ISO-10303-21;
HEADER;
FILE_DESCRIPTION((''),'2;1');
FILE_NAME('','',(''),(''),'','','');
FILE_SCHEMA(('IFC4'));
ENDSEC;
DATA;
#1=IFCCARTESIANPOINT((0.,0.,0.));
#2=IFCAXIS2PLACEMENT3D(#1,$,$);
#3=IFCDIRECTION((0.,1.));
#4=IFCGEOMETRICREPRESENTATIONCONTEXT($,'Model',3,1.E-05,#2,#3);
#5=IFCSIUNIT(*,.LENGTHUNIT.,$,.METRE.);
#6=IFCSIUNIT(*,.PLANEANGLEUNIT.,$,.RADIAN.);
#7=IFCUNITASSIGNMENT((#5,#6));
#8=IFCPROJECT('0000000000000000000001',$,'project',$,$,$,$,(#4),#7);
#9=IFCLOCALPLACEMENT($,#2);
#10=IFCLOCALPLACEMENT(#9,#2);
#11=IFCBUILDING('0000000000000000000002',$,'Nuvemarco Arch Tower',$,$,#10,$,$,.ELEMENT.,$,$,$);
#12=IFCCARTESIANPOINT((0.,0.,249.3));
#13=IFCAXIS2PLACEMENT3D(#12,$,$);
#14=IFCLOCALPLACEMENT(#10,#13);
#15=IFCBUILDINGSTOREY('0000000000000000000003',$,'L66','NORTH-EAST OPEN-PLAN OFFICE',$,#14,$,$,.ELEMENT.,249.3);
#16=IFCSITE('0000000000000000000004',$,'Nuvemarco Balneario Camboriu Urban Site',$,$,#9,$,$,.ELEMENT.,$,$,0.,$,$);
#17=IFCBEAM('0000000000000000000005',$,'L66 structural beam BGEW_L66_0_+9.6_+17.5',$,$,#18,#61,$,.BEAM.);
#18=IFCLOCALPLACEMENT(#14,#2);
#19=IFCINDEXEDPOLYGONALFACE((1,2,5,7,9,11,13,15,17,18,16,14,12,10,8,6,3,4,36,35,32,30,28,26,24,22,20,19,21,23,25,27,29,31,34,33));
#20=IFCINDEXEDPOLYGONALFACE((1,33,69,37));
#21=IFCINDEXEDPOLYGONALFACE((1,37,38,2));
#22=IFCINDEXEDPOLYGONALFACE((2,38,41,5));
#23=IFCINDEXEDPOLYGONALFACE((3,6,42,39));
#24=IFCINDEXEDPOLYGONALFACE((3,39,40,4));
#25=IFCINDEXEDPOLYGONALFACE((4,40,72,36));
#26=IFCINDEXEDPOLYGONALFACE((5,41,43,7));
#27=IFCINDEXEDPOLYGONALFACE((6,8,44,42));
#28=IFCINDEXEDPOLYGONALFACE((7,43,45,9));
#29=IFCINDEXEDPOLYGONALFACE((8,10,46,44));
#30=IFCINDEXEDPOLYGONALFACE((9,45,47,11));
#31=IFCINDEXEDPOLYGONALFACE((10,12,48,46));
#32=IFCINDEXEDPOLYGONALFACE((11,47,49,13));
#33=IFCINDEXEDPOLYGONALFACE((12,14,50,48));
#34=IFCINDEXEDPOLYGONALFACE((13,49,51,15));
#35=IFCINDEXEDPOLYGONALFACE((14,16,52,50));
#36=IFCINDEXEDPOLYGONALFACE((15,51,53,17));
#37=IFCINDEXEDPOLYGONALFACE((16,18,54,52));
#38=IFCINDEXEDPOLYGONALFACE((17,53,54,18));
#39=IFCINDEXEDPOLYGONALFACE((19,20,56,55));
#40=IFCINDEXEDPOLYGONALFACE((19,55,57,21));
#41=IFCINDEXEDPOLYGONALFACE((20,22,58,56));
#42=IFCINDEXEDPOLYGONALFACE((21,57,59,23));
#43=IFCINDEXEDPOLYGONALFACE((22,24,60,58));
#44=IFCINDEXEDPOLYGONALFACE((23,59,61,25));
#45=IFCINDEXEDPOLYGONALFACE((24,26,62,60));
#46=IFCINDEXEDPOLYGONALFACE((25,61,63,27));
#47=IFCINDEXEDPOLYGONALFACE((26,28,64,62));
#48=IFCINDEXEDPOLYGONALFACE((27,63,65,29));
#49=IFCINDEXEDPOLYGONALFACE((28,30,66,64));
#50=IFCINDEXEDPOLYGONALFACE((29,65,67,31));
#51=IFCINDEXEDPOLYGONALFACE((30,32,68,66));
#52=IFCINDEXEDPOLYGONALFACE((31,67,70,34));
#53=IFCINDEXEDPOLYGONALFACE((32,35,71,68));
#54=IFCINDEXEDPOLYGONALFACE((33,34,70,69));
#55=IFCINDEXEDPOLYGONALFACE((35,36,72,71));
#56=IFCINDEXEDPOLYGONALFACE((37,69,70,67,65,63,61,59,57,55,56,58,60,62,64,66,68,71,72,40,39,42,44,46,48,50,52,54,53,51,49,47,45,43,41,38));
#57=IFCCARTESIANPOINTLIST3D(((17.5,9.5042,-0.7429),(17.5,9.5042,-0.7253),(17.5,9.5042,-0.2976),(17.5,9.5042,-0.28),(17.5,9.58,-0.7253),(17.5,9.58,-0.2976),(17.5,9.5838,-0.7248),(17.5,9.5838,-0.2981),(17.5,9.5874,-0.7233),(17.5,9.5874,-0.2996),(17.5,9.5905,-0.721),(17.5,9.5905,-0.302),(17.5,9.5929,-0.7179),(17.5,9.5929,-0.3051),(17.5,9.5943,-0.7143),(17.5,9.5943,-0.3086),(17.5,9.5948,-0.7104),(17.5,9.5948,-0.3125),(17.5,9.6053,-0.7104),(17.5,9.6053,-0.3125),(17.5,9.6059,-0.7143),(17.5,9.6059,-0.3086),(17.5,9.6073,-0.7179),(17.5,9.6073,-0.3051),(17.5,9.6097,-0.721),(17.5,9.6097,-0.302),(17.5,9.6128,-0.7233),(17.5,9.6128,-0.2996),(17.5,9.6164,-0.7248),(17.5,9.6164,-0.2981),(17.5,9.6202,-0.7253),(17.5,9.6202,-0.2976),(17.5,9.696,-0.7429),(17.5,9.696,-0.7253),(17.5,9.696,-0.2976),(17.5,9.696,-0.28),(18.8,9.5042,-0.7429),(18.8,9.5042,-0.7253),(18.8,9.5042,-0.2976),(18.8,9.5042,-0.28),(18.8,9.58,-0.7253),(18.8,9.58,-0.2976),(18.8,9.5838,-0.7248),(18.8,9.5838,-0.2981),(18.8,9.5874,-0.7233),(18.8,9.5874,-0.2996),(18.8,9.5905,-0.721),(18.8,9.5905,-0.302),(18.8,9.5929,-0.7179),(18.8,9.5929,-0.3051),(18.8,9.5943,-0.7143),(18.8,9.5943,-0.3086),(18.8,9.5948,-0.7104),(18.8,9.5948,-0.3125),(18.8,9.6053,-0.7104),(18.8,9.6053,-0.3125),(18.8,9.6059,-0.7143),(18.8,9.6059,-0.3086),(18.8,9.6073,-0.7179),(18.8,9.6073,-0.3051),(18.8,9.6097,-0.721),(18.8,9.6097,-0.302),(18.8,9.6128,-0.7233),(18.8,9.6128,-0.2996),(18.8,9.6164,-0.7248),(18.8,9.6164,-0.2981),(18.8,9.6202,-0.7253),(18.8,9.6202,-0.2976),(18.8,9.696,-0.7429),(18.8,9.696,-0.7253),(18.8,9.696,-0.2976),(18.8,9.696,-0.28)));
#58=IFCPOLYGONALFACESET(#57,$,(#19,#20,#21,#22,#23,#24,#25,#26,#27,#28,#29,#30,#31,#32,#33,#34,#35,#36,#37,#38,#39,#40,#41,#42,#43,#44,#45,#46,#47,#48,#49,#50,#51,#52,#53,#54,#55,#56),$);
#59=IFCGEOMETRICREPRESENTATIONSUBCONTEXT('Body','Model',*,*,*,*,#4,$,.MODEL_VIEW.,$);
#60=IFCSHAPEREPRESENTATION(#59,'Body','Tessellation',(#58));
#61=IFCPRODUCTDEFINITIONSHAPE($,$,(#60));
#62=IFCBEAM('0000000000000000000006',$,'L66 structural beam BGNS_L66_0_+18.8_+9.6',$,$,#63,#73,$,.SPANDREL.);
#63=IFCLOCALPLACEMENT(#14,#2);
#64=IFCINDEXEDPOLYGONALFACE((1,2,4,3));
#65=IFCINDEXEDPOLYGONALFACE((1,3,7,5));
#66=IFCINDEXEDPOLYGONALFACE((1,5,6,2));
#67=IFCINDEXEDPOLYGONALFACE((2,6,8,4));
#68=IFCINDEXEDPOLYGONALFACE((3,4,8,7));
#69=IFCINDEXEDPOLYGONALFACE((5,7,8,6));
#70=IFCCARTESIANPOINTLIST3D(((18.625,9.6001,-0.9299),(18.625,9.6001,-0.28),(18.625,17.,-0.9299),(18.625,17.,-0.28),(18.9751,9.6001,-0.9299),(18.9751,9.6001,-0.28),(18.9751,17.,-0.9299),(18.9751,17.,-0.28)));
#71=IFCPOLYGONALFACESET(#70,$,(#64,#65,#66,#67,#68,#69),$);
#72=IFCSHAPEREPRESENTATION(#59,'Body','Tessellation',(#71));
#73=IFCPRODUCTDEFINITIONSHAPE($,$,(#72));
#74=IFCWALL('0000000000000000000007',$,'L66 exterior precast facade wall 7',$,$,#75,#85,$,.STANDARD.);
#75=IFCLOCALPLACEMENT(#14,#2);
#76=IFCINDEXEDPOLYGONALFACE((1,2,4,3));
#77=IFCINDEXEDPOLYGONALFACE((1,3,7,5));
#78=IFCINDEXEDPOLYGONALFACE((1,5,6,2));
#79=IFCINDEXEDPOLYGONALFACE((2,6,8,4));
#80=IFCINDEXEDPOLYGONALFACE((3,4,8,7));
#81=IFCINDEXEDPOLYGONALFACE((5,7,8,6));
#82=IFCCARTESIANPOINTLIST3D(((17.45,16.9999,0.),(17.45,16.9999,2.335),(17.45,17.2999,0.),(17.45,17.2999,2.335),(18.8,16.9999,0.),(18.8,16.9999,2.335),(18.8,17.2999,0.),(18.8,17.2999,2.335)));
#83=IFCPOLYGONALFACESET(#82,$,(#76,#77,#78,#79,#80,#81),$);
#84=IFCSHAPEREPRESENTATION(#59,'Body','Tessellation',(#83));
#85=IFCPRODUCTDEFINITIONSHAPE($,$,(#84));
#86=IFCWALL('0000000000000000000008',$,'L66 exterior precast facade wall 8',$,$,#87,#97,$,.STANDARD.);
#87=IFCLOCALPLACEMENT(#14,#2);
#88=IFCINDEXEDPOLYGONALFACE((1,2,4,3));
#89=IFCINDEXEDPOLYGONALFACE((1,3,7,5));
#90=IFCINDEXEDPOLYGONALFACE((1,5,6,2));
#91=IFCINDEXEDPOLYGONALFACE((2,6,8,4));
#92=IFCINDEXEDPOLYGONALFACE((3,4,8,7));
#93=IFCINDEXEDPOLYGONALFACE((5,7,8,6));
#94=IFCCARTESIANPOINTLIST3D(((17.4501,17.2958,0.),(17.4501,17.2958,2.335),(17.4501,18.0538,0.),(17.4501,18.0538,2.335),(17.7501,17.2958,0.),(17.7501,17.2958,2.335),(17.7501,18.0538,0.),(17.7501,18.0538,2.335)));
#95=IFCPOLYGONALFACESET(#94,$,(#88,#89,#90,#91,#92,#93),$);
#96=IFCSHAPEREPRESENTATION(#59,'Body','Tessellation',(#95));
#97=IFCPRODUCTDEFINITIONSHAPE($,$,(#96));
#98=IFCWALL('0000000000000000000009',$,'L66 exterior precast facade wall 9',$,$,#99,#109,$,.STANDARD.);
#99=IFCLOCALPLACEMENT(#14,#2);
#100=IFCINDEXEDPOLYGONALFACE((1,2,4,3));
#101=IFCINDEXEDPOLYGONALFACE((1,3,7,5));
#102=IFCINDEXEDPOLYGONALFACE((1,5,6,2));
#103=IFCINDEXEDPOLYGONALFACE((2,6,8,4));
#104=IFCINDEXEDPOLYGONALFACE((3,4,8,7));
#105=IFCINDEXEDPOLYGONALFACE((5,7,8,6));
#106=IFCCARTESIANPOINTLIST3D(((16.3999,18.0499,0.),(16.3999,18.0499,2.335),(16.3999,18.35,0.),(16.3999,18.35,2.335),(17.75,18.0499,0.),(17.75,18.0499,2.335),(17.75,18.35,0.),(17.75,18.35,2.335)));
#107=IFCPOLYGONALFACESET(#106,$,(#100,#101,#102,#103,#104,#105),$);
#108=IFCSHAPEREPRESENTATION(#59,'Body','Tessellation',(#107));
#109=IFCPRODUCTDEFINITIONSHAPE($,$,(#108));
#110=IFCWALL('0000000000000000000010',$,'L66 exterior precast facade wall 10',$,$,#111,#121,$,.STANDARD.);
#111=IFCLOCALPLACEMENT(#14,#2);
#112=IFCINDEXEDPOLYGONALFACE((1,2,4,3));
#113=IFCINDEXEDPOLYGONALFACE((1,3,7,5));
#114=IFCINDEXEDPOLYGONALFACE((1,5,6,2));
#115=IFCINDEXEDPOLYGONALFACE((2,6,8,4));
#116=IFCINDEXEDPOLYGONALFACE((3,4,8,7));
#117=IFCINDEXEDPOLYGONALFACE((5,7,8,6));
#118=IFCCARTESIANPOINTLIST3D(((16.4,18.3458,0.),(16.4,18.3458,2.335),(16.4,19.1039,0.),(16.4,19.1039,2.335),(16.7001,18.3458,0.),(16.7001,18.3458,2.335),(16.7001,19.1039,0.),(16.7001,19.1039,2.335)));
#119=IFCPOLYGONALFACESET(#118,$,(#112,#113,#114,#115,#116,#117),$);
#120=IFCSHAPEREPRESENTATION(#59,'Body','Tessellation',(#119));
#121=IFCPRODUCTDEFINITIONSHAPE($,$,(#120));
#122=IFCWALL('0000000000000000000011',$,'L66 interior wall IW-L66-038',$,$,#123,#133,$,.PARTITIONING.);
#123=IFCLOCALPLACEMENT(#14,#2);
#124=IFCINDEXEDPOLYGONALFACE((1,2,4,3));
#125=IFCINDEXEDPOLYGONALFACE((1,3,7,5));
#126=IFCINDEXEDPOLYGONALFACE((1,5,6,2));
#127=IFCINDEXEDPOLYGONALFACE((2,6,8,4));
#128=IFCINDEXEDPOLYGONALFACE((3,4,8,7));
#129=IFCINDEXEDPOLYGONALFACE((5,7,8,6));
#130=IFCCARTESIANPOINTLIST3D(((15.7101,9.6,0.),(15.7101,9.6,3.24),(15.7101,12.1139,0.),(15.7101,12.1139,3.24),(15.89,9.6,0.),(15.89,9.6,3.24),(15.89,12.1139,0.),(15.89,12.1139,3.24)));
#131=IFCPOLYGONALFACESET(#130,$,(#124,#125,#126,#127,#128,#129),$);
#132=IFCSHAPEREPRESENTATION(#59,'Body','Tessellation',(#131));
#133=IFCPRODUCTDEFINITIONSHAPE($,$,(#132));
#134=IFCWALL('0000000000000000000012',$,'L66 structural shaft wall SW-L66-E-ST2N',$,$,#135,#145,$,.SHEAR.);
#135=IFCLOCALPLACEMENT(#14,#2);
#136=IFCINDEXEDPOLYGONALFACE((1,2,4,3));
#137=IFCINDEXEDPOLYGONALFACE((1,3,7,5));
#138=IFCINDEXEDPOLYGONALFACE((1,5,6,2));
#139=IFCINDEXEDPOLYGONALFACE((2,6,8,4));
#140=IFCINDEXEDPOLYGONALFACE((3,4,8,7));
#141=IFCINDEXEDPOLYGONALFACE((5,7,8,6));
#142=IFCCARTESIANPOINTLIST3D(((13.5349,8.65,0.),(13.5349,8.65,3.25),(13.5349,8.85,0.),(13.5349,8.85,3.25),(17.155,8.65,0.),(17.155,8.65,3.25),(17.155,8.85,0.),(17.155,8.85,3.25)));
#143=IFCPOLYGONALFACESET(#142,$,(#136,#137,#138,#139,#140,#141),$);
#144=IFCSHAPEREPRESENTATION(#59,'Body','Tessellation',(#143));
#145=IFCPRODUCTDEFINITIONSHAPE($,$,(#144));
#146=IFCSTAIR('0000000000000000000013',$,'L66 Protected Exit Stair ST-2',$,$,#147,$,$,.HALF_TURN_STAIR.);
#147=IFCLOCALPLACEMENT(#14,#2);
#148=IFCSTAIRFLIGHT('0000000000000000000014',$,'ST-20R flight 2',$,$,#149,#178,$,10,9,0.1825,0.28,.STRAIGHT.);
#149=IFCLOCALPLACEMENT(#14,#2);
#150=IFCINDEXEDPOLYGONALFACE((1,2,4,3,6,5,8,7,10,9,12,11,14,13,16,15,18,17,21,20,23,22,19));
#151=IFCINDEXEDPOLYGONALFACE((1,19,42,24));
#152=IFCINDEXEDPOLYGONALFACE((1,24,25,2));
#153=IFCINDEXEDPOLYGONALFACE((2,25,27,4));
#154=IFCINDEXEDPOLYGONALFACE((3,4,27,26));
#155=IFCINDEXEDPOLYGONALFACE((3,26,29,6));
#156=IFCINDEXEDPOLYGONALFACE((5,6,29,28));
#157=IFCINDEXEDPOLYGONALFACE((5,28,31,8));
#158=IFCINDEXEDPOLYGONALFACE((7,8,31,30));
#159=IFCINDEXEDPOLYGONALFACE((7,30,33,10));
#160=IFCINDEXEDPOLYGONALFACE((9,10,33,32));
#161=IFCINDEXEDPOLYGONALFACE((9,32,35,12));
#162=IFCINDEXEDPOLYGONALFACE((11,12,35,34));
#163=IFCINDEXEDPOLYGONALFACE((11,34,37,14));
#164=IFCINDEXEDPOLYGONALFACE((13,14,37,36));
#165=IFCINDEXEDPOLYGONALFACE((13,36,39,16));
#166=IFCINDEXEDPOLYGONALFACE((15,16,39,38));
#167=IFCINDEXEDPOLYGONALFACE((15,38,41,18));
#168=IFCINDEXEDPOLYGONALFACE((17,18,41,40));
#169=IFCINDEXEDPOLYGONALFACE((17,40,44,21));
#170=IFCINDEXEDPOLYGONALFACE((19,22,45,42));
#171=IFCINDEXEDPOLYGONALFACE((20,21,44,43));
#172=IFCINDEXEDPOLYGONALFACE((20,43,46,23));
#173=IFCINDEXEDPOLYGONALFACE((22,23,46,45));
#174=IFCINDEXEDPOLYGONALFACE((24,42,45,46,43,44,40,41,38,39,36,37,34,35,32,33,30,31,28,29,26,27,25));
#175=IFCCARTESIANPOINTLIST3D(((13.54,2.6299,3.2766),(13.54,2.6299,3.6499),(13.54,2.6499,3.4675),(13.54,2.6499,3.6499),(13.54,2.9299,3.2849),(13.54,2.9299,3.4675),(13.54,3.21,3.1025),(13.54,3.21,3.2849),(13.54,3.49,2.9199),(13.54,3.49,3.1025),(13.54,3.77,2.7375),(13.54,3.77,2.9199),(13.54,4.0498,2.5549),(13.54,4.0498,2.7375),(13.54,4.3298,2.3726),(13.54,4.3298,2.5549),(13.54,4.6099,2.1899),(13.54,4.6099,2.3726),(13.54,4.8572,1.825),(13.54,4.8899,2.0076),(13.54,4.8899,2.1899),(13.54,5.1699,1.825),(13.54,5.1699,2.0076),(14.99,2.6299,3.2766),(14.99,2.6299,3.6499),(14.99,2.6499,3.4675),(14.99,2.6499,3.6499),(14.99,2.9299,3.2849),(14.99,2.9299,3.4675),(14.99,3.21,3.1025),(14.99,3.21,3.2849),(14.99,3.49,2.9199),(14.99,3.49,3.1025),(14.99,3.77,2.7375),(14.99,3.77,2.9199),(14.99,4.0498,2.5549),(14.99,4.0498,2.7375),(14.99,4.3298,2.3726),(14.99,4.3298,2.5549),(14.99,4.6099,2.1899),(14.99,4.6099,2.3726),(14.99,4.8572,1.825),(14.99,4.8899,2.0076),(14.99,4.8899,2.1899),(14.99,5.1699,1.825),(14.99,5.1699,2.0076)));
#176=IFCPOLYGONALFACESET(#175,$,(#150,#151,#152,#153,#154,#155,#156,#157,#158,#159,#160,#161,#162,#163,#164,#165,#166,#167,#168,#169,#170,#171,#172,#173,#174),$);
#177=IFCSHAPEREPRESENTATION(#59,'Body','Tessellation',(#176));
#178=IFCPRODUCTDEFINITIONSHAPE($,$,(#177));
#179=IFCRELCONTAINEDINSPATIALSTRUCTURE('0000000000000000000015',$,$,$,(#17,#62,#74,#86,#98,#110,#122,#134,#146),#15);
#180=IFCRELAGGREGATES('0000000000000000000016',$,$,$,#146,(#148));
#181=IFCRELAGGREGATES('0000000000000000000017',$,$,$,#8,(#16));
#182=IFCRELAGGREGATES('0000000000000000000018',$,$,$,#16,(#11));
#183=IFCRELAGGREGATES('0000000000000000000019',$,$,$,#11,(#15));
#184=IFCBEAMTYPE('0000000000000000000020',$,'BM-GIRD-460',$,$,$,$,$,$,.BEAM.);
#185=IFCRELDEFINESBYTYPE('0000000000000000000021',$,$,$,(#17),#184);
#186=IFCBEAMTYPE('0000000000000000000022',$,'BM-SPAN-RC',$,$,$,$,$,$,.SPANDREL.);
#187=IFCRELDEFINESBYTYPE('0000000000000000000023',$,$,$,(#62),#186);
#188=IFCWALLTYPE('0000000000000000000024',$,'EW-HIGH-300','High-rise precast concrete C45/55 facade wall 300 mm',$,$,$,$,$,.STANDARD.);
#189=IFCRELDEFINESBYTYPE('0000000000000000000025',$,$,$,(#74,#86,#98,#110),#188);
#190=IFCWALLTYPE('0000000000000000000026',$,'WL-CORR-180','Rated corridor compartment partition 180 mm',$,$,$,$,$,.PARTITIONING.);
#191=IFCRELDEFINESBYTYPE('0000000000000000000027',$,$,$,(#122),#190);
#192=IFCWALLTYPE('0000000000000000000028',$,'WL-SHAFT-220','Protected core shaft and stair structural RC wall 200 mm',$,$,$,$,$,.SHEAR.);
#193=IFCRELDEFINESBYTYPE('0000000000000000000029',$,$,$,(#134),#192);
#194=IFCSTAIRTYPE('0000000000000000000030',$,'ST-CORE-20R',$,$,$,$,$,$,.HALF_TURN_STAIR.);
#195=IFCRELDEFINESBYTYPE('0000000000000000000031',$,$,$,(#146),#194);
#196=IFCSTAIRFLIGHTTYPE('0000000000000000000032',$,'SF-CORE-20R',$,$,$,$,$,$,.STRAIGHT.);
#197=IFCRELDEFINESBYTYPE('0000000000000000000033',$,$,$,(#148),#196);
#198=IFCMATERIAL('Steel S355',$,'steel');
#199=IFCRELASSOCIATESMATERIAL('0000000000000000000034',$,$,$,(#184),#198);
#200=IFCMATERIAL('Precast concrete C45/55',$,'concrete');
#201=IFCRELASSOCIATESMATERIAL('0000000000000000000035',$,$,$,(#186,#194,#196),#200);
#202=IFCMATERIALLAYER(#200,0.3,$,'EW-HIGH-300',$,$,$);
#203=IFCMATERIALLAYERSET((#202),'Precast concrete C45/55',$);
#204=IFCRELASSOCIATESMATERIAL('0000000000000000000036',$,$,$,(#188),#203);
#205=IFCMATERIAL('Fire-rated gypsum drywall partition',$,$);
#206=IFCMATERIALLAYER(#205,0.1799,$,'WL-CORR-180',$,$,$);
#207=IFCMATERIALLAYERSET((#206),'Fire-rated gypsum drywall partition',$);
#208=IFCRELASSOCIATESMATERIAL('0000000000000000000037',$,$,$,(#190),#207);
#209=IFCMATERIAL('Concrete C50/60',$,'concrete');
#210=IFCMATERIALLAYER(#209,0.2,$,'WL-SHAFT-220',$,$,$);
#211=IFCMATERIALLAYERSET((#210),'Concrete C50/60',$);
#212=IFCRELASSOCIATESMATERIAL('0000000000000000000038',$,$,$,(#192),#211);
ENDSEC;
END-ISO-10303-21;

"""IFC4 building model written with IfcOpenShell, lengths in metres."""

from ifc_helpers import new_model, si_unit, direction, frame, frame_2d, origin, origin_2d, place, context, subcontext, project, spatial, polyline, rectangle, i_section, outline, extrude, material, layer, layer_set, material_profile, profile_set, type_object, element, aggregate, save


model = new_model("IFC4")

# Units and contexts
model_context = context("Model", 3, precision=1e-05, world=origin(), true_north=direction((0.0, 1.0)))
body_context = subcontext(model_context, "Body", "Model", "MODEL_VIEW")
ifc_project = project(units=[si_unit("LENGTHUNIT", "METRE"), si_unit("PLANEANGLEUNIT", "RADIAN")], contexts=[model_context])

# Site, building, storey
site_placement = place(None, origin())
site = spatial("IfcSite", under=ifc_project, at=site_placement, Name="Nuvemarco Balneario Camboriu Urban Site", CompositionType="ELEMENT", RefElevation=0.0)
building_placement = place(site_placement, origin())
building = spatial("IfcBuilding", under=site, at=building_placement, Name="Nuvemarco Arch Tower", CompositionType="ELEMENT")
storey_placement = place(building_placement, frame((0.0, 0.0, 249.3)))
storey = spatial("IfcBuildingStorey", under=building, at=storey_placement, Name="L66", Description="NORTH-EAST OPEN-PLAN OFFICE", CompositionType="ELEMENT", Elevation=249.3)

# Shared definitions
ifc_material_1 = material(Name="Concrete C50/60", Category="concrete")
ifc_material_2 = material(Name="Steel S355", Category="steel")

# Beams
ifc_material_profile_1 = material_profile(ifc_material_2, i_section(OverallWidth=0.1919, OverallDepth=0.4629, WebThickness=0.0105, FlangeThickness=0.0176, FilletRadius=0.0149, at=origin_2d()), Name="W460x89")
ifc_profile_set_1 = profile_set([ifc_material_profile_1], Name="Steel S355")
beam_type_1 = type_object("IfcBeamType", Name="BM-GIRD-460", PredefinedType="BEAM", material=ifc_profile_set_1)
beam_1_placement = place(storey_placement, frame((17.5, 9.6001, -0.5115), z_axis=(1.0, 0.0, 0.0), x_axis=(0.0, 1.0, 0.0)))
element("IfcBeam", 1, at=beam_1_placement, inside=storey, type_object=beam_type_1, Name="L66 structural beam BGEW_L66_0_+9.6_+17.5", PredefinedType="BEAM", context=body_context, shape_type="SweptSolid", body=[
    extrude(i_section(OverallWidth=0.1919, OverallDepth=0.4629, WebThickness=0.0105, FlangeThickness=0.0176, FilletRadius=0.0149, at=origin_2d()), origin(), (0.0, 0.0, 1.0), 1.3),
])
ifc_material_3 = material(Name="Precast concrete C45/55", Category="concrete")
ifc_material_profile_2 = material_profile(ifc_material_3, rectangle(XDim=0.3501, YDim=0.6499, at=origin_2d()), Name="PC-SP-350x650")
ifc_profile_set_2 = profile_set([ifc_material_profile_2], Name="Precast concrete C45/55")
beam_type_2 = type_object("IfcBeamType", Name="BM-SPAN-RC", PredefinedType="SPANDREL", material=ifc_profile_set_2)
beam_2_placement = place(storey_placement, frame((18.8, 9.6001, -0.605), z_axis=(0.0, 1.0, 0.0), x_axis=(-1.0, 0.0, 0.0)))
element("IfcBeam", 2, at=beam_2_placement, inside=storey, type_object=beam_type_2, Name="L66 structural beam BGNS_L66_0_+18.8_+9.6", PredefinedType="SPANDREL", context=body_context, shape_type="SweptSolid", body=[
    extrude(rectangle(XDim=0.3501, YDim=0.6499, at=origin_2d()), origin(), (0.0, 0.0, 1.0), 7.3999),
])

# Walls
ifc_layer_1 = layer(ifc_material_3, 0.3, Name="EW-HIGH-300")
ifc_layer_set_1 = layer_set([ifc_layer_1], Name="Precast concrete C45/55")
wall_type_1 = type_object("IfcWallType", Name="EW-HIGH-300", Description="High-rise precast concrete C45/55 facade wall 300 mm", PredefinedType="STANDARD", material=ifc_layer_set_1)
wall_1_placement = place(storey_placement, frame((17.45, 17.1499, 0.0), z_axis=(0.0, 0.0, 1.0), x_axis=(1.0, 0.0, 0.0)))
element("IfcWall", 3, at=wall_1_placement, inside=storey, type_object=wall_type_1, Name="L66 exterior precast facade wall 7", PredefinedType="STANDARD", context=body_context, shape_type="SweptSolid", body=[
    extrude(rectangle(XDim=1.3501, YDim=0.3, at=frame_2d((0.675, 0.0))), origin(), (0.0, 0.0, 1.0), 2.335),
])
wall_2_placement = place(storey_placement, frame((17.6001, 17.2959, 0.0), z_axis=(0.0, 0.0, 1.0), x_axis=(0.0, 1.0, 0.0)))
element("IfcWall", 4, at=wall_2_placement, inside=storey, type_object=wall_type_1, Name="L66 exterior precast facade wall 8", PredefinedType="STANDARD", context=body_context, shape_type="SweptSolid", body=[
    extrude(rectangle(XDim=0.7581, YDim=0.3, at=frame_2d((0.3789, 0.0))), origin(), (0.0, 0.0, 1.0), 2.335),
])
wall_3_placement = place(storey_placement, frame((16.3999, 18.2, 0.0), z_axis=(0.0, 0.0, 1.0), x_axis=(1.0, 0.0, 0.0)))
element("IfcWall", 5, at=wall_3_placement, inside=storey, type_object=wall_type_1, Name="L66 exterior precast facade wall 9", PredefinedType="STANDARD", context=body_context, shape_type="SweptSolid", body=[
    extrude(rectangle(XDim=1.3501, YDim=0.3, at=frame_2d((0.675, 0.0))), origin(), (0.0, 0.0, 1.0), 2.335),
])
wall_4_placement = place(storey_placement, frame((16.55, 18.3459, 0.0), z_axis=(0.0, 0.0, 1.0), x_axis=(0.0, 1.0, 0.0)))
element("IfcWall", 6, at=wall_4_placement, inside=storey, type_object=wall_type_1, Name="L66 exterior precast facade wall 10", PredefinedType="STANDARD", context=body_context, shape_type="SweptSolid", body=[
    extrude(rectangle(XDim=0.7581, YDim=0.3, at=frame_2d((0.3789, 0.0))), origin(), (0.0, 0.0, 1.0), 2.335),
])
ifc_material_4 = material(Name="Fire-rated gypsum drywall partition")
ifc_layer_2 = layer(ifc_material_4, 0.1799, Name="WL-CORR-180")
ifc_layer_set_2 = layer_set([ifc_layer_2], Name="Fire-rated gypsum drywall partition")
wall_type_2 = type_object("IfcWallType", Name="WL-CORR-180", Description="Rated corridor compartment partition 180 mm", PredefinedType="PARTITIONING", material=ifc_layer_set_2)
wall_5_placement = place(storey_placement, frame((15.8, 9.6001, 0.0), z_axis=(0.0, 0.0, 1.0), x_axis=(0.0, 1.0, 0.0)))
element("IfcWall", 7, at=wall_5_placement, inside=storey, type_object=wall_type_2, Name="L66 interior wall IW-L66-038", PredefinedType="PARTITIONING", context=body_context, shape_type="SweptSolid", body=[
    extrude(rectangle(XDim=2.5139, YDim=0.1799, at=frame_2d((1.2568, 0.0))), origin(), (0.0, 0.0, 1.0), 3.24),
])
ifc_layer_3 = layer(ifc_material_1, 0.2, Name="WL-SHAFT-220")
ifc_layer_set_3 = layer_set([ifc_layer_3], Name="Concrete C50/60")
wall_type_3 = type_object("IfcWallType", Name="WL-SHAFT-220", Description="Protected core shaft and stair structural RC wall 200 mm", PredefinedType="SHEAR", material=ifc_layer_set_3)
wall_6_placement = place(storey_placement, frame((13.5349, 8.75, 0.0), z_axis=(0.0, 0.0, 1.0), x_axis=(1.0, 0.0, 0.0)))
element("IfcWall", 8, at=wall_6_placement, inside=storey, type_object=wall_type_3, Name="L66 structural shaft wall SW-L66-E-ST2N", PredefinedType="SHEAR", context=body_context, shape_type="SweptSolid", body=[
    extrude(rectangle(XDim=3.6201, YDim=0.2, at=frame_2d((1.8101, 0.0))), origin(), (0.0, 0.0, 1.0), 3.25),
])

# Stair, stair flight
stair_type = type_object("IfcStairType", Name="ST-CORE-20R", PredefinedType="HALF_TURN_STAIR", material=ifc_material_3)
stair_placement = place(storey_placement, origin())
stair = element("IfcStair", 9, at=stair_placement, inside=storey, type_object=stair_type, Name="L66 Protected Exit Stair ST-2", PredefinedType="HALF_TURN_STAIR")
stair_flight_type = type_object("IfcStairFlightType", Name="SF-CORE-20R", PredefinedType="STRAIGHT", material=ifc_material_3)
stair_flight_placement = place(storey_placement, frame((14.2649, 5.1699, 1.825), z_axis=(0.0, 0.0, 1.0), x_axis=(0.0, -1.0, 0.0)))
stair_flight = element("IfcStairFlight", 10, at=stair_flight_placement, type_object=stair_flight_type, Name="ST-20R flight 2", NumberOfRisers=10, NumberOfTreads=9, PredefinedType="STRAIGHT", RiserHeight=0.1825, TreadLength=0.28, context=body_context, shape_type="SweptSolid", body=[
    extrude(outline(polyline([(0.0, 0.0), (0.0, 0.1826), (0.28, 0.1826), (0.28, 0.365), (0.5601, 0.365), (0.5601, 0.5476), (0.8401, 0.5476), (0.8401, 0.73), (1.1201, 0.73), (1.1201, 0.9126), (1.3999, 0.9126), (1.3999, 1.095), (1.6799, 1.095), (1.6799, 1.2776), (1.96, 1.2776), (1.96, 1.46), (2.24, 1.46), (2.24, 1.6426), (2.52, 1.6426), (2.52, 1.825), (2.54, 1.825), (2.54, 1.4517), (0.3127, 0.0), (0.0, 0.0)])), frame((0.0, 0.7251, 0.0), z_axis=(0.0, -1.0, 0.0), x_axis=(1.0, 0.0, 0.0)), (0.0, 0.0, 1.0), 1.45),
])
aggregate(stair, [stair_flight])

save(model, "model.ifc")
